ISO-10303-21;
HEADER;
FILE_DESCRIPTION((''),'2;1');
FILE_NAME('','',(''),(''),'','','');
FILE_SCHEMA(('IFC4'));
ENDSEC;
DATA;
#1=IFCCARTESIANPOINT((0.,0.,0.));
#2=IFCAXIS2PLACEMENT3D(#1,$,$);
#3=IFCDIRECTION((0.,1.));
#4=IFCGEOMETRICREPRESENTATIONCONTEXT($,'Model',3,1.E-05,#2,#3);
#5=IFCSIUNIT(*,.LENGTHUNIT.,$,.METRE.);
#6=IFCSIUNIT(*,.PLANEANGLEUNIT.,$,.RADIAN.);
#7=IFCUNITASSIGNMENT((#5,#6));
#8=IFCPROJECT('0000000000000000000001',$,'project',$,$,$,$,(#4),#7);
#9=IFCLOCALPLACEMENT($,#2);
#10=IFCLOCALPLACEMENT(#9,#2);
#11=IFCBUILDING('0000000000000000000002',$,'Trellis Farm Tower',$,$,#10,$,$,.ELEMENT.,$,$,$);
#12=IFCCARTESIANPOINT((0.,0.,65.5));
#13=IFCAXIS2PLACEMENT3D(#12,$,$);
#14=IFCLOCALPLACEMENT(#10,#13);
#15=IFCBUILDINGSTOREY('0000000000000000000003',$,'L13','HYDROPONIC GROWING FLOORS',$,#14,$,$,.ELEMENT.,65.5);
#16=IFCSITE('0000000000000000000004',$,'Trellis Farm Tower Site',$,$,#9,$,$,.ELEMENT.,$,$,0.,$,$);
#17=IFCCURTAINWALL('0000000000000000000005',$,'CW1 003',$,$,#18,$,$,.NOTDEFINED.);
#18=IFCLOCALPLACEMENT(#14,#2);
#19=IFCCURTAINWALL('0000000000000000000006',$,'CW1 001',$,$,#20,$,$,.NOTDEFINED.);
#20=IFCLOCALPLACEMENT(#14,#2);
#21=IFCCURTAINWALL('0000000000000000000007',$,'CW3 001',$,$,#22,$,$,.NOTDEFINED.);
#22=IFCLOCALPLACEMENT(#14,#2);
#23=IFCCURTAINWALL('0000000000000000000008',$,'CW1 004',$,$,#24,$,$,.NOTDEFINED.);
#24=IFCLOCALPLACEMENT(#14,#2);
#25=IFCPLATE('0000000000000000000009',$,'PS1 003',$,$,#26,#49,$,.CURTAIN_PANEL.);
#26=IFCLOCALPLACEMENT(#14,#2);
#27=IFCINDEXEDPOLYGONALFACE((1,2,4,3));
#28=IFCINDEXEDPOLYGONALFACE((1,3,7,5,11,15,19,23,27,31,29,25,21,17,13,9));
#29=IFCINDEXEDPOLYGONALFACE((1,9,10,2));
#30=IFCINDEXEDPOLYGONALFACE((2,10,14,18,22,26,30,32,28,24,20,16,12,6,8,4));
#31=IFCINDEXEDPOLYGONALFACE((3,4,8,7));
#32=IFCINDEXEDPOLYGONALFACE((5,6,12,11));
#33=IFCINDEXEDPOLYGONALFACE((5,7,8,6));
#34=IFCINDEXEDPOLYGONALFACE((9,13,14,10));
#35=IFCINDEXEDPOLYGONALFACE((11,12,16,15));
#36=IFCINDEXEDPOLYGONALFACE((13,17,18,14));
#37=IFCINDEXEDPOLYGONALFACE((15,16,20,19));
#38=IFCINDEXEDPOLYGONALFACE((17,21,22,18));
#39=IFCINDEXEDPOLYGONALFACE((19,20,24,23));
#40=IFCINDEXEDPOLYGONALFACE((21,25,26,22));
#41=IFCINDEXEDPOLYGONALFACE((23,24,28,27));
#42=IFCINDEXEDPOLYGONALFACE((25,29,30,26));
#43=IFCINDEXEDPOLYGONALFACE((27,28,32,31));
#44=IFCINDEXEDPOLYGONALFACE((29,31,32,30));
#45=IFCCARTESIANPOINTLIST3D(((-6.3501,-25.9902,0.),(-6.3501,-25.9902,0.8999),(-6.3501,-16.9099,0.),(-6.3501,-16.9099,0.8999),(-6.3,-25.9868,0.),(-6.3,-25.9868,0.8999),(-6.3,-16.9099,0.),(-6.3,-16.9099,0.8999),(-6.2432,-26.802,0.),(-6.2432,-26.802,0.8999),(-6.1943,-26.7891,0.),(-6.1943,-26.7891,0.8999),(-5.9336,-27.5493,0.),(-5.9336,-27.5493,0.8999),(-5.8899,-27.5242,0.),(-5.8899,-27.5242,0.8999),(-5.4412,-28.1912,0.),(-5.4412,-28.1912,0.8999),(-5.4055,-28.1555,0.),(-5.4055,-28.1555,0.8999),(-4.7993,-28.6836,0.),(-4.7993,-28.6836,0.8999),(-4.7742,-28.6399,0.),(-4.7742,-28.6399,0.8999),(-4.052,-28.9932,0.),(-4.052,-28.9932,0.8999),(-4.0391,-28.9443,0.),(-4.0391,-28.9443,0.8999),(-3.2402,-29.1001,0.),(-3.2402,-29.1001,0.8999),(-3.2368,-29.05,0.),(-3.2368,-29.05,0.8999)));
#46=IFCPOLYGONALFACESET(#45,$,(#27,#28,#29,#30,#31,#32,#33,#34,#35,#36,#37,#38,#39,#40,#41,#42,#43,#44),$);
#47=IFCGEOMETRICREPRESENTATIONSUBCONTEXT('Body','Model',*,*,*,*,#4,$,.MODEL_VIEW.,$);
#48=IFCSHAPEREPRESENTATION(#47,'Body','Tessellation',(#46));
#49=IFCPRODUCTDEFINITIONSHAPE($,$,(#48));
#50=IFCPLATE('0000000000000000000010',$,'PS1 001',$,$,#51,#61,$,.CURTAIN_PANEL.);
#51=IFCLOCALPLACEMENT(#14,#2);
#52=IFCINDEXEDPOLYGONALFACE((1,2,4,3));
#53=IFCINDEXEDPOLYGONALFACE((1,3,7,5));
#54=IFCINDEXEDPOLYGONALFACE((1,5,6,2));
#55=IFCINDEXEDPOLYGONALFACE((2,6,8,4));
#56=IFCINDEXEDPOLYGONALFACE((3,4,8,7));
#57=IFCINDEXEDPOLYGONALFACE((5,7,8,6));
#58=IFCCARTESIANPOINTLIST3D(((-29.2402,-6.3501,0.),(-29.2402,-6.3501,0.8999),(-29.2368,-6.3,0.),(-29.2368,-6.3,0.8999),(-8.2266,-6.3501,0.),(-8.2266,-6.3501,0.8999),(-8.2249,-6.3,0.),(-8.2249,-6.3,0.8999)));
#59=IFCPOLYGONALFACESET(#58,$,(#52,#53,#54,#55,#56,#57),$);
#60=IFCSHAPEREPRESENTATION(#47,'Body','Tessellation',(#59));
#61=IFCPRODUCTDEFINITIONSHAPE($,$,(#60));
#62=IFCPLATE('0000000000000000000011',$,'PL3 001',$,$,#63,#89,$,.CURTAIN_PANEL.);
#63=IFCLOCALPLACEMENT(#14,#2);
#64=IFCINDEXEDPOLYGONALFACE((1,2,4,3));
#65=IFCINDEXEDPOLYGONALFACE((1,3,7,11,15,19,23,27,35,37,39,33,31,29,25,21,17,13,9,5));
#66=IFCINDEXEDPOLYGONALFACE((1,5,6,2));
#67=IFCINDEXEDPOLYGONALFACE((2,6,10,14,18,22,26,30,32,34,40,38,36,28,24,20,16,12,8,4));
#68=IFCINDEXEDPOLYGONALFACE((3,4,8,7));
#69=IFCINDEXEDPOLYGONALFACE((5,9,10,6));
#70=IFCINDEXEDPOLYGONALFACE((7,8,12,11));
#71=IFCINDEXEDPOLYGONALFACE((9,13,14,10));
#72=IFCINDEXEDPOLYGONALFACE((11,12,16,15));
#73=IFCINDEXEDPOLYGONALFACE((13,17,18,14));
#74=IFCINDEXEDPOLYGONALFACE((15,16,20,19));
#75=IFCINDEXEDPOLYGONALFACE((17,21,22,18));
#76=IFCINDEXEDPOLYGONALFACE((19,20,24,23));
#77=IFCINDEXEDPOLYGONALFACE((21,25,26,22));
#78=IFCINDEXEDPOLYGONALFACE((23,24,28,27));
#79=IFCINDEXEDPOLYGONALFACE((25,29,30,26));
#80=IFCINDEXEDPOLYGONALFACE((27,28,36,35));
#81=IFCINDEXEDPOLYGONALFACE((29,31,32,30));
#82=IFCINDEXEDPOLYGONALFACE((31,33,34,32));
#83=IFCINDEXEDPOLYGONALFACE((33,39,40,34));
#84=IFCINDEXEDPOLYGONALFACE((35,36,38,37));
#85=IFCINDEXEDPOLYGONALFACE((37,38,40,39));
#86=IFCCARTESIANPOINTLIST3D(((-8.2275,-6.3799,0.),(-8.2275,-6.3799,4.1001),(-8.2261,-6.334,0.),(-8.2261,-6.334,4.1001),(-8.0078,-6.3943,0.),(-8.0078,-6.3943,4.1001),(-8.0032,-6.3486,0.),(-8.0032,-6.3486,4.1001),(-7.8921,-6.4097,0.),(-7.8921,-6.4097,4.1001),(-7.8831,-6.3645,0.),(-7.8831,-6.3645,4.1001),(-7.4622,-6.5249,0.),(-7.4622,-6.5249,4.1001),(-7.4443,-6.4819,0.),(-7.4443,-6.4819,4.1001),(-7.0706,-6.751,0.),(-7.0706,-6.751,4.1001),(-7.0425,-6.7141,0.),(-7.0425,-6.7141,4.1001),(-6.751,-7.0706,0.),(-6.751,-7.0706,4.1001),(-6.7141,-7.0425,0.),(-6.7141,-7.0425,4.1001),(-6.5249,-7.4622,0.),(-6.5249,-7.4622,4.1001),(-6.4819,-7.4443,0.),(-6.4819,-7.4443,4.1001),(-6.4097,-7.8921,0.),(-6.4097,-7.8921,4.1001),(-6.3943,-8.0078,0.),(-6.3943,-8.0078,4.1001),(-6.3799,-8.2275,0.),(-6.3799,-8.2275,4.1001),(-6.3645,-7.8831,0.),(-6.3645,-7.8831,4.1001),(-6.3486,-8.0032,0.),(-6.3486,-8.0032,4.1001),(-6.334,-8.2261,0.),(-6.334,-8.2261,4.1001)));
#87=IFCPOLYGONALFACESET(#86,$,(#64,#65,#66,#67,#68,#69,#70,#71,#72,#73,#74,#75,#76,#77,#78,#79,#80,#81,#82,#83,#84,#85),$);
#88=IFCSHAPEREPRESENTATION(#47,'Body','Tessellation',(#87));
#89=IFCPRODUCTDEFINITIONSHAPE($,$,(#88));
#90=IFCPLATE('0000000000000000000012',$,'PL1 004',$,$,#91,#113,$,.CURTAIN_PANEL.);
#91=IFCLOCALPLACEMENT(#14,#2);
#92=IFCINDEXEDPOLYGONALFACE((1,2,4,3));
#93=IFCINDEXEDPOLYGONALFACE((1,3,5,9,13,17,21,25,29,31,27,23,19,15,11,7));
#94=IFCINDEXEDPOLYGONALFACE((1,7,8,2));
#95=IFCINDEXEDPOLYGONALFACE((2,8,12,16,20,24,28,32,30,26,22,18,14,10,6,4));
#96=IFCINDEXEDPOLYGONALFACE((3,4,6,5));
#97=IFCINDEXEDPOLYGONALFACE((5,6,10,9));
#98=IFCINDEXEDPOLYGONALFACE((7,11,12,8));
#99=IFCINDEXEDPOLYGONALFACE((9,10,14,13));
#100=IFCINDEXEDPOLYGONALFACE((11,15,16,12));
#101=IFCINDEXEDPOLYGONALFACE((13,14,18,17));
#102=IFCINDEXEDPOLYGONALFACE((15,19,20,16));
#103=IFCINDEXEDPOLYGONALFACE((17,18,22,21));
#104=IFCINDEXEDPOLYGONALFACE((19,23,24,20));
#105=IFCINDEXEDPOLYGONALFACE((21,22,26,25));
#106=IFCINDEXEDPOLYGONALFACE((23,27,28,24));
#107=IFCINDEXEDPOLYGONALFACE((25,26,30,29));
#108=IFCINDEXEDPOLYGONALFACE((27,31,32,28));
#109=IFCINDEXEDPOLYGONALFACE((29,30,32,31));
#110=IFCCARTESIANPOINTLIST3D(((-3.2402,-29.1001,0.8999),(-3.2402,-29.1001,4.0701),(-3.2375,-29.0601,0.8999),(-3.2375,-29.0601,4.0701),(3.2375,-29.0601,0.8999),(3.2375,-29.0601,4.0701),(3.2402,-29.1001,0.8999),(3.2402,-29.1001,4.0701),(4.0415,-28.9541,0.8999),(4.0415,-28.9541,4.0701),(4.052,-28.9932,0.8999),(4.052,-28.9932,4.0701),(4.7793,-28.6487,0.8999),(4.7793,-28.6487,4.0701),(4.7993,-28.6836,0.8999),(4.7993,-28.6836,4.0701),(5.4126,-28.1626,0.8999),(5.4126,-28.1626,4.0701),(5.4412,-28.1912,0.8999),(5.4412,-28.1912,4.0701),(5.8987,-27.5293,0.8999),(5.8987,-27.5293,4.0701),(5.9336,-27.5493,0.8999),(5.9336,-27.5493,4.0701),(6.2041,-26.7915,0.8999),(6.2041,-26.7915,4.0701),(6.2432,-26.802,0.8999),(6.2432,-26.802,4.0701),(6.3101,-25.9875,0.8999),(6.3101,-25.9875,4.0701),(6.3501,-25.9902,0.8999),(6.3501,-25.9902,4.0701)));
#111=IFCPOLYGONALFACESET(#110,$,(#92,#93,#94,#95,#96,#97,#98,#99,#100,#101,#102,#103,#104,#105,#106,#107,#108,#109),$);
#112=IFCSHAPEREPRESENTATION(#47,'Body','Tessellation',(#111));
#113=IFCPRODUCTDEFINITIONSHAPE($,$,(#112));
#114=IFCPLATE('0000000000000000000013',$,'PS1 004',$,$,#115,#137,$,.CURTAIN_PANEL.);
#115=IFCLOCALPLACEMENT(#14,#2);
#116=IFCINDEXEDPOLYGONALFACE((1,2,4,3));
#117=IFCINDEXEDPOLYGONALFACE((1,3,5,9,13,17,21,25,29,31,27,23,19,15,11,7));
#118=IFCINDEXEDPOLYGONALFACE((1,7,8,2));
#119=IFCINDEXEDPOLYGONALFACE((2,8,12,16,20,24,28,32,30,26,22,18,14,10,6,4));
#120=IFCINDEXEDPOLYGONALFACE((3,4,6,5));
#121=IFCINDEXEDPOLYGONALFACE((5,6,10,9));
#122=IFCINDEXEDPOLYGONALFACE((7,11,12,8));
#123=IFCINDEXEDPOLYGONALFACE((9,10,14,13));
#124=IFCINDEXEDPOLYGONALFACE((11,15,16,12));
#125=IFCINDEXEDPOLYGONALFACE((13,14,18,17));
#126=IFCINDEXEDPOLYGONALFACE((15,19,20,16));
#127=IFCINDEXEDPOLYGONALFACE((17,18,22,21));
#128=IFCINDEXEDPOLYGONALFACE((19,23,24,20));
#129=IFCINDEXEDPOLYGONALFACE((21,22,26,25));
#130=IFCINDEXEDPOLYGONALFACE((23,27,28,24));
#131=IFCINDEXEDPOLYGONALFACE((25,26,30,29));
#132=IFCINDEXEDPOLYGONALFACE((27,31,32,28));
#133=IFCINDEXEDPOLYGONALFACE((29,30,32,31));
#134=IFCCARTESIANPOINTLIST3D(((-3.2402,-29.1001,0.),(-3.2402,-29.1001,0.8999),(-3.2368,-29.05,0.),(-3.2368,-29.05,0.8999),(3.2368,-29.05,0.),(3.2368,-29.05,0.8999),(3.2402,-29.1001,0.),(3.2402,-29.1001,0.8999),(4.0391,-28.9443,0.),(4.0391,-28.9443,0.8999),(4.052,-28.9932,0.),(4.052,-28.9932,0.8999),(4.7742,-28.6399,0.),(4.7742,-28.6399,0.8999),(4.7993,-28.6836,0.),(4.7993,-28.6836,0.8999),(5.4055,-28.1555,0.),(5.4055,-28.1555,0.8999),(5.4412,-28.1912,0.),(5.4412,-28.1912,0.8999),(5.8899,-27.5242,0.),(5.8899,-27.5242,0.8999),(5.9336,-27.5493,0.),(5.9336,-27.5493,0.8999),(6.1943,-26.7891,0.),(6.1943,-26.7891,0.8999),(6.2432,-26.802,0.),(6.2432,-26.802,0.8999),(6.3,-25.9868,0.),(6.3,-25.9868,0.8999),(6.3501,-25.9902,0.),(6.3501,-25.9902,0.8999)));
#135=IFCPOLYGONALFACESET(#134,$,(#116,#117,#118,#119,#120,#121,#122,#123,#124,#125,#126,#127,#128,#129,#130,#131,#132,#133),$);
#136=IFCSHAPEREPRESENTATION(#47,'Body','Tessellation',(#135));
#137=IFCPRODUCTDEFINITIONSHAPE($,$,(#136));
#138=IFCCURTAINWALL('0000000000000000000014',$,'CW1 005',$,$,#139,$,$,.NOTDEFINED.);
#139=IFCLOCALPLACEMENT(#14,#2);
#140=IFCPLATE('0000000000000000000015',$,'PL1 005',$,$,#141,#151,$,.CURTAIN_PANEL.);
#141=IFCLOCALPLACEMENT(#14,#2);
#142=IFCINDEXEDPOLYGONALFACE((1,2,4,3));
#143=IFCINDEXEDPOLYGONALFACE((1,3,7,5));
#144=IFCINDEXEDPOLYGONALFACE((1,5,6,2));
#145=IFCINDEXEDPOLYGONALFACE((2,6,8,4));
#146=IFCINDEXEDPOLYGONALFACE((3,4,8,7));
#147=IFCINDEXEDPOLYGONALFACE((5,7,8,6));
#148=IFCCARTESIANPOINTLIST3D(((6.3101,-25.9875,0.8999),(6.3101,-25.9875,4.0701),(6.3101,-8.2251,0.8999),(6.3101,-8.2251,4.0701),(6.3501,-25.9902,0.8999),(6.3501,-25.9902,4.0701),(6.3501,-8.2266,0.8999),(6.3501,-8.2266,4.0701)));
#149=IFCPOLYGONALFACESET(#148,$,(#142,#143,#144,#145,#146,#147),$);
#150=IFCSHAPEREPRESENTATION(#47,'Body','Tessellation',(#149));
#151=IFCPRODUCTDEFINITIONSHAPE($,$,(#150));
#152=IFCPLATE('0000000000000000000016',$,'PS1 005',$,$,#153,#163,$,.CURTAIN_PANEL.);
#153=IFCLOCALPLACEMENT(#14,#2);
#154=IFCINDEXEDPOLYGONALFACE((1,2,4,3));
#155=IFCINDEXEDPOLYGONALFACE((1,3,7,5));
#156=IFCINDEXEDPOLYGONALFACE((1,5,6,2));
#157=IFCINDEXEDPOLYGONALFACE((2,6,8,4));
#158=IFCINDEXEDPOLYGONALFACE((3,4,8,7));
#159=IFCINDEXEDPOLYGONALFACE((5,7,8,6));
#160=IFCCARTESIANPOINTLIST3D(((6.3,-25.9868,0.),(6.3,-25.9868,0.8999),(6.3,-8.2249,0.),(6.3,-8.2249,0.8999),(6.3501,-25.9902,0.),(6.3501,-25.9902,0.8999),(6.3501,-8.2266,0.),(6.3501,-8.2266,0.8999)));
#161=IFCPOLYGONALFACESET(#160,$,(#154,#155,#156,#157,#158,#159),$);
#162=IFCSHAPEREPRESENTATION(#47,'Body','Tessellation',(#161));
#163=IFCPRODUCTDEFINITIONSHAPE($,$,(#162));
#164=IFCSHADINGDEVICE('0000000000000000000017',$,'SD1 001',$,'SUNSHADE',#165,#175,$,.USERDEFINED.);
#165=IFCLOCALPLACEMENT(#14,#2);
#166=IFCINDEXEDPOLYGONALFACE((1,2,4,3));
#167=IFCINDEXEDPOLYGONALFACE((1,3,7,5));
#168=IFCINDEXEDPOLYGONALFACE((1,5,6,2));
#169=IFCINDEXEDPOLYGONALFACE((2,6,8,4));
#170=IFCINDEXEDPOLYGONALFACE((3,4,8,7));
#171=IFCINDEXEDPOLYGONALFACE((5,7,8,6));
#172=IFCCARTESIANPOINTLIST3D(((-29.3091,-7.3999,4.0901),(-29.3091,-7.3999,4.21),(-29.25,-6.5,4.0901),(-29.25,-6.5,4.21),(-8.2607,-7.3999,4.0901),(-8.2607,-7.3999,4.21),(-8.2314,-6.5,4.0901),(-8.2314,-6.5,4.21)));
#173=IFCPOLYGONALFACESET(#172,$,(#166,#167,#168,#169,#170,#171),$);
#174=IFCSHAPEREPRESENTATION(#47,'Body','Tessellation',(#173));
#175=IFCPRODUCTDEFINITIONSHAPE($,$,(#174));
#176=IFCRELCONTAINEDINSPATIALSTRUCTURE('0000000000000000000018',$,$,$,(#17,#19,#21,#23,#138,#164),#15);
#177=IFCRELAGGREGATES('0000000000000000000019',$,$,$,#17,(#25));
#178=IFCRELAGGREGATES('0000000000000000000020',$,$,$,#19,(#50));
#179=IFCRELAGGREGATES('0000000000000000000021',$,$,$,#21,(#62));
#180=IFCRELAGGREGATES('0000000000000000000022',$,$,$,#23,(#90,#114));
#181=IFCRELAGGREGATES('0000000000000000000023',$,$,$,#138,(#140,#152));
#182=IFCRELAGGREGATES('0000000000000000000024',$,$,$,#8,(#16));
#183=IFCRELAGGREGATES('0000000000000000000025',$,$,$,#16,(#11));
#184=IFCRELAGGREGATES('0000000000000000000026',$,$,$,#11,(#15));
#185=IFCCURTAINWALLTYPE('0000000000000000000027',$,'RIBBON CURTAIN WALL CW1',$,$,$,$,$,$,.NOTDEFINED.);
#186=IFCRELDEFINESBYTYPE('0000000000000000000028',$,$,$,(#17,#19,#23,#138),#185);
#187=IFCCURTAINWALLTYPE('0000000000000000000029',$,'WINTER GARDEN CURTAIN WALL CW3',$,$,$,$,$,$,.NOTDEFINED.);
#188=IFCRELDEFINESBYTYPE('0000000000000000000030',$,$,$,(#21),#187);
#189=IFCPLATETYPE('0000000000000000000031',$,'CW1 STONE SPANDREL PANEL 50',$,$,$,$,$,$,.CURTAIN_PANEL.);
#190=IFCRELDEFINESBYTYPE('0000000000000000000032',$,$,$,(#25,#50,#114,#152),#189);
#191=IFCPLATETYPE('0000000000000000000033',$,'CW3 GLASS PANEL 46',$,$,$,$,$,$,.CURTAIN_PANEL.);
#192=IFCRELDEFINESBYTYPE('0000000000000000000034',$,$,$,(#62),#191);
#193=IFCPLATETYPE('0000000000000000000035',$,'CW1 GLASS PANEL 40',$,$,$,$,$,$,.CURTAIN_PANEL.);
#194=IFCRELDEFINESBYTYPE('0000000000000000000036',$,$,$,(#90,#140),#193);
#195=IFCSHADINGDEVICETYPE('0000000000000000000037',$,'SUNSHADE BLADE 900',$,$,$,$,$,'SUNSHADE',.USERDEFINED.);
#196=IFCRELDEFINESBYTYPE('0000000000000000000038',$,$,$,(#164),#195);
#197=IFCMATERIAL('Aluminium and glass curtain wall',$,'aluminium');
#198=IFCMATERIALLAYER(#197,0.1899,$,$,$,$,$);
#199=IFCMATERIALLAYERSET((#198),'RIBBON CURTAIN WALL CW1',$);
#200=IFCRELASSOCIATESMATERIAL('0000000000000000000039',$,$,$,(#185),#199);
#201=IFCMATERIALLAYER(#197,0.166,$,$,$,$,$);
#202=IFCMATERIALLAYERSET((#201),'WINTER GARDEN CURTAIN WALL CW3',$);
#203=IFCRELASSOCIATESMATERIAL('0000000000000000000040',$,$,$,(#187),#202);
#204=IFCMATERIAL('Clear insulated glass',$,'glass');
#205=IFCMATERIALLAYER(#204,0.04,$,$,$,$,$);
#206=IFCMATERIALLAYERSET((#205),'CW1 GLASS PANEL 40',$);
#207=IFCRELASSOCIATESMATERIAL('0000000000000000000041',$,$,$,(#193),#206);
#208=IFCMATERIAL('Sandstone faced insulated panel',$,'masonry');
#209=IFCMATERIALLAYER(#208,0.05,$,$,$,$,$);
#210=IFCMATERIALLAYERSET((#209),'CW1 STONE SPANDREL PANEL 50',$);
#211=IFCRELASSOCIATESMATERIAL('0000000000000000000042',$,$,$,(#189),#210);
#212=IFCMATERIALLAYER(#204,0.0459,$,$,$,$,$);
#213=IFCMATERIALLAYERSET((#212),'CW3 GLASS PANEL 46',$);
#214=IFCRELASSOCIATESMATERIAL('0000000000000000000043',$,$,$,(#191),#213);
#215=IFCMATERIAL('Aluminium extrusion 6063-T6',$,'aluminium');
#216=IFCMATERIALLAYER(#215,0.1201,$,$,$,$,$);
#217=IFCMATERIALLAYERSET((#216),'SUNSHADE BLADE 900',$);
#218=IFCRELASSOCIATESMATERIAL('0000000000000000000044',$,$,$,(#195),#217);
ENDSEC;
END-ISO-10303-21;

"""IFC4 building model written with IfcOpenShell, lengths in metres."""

from ifc_helpers import new_model, si_unit, direction, frame, origin, place, context, subcontext, project, spatial, polyline, outline, extrude, source, transform, mapped, material, layer, layer_set, type_object, element, aggregate, save


model = new_model("IFC4")

# Units and contexts
model_context = context("Model", 3, precision=1e-05, world=origin(), true_north=direction((0.0, 1.0)))
body_context = subcontext(model_context, "Body", "Model", "MODEL_VIEW")
ifc_project = project(units=[si_unit("LENGTHUNIT", "METRE"), si_unit("PLANEANGLEUNIT", "RADIAN")], contexts=[model_context])

# Site, building, storey
site_placement = place(None, origin())
site = spatial("IfcSite", under=ifc_project, at=site_placement, Name="Trellis Farm Tower Site", CompositionType="ELEMENT", RefElevation=0.0)
building_placement = place(site_placement, origin())
building = spatial("IfcBuilding", under=site, at=building_placement, Name="Trellis Farm Tower", CompositionType="ELEMENT")
storey_placement = place(building_placement, frame((0.0, 0.0, 65.5)))
storey = spatial("IfcBuildingStorey", under=building, at=storey_placement, Name="L13", Description="HYDROPONIC GROWING FLOORS", CompositionType="ELEMENT", Elevation=65.5)

# Curtain walls
ifc_material_1 = material(Name="Aluminium and glass curtain wall", Category="aluminium")
ifc_layer_1 = layer(ifc_material_1, 0.1899)
ifc_layer_set_1 = layer_set([ifc_layer_1], Name="RIBBON CURTAIN WALL CW1")
curtain_wall_type_1 = type_object("IfcCurtainWallType", Name="RIBBON CURTAIN WALL CW1", PredefinedType="NOTDEFINED", material=ifc_layer_set_1)
placement_1 = place(storey_placement, origin())
ifc_material_2 = material(Name="Aluminium extrusion 6063-T6", Category="aluminium")
curtain_wall_1 = element("IfcCurtainWall", 1, at=placement_1, inside=storey, type_object=curtain_wall_type_1, Name="CW1 003", PredefinedType="NOTDEFINED")
curtain_wall_2 = element("IfcCurtainWall", 2, at=placement_1, inside=storey, type_object=curtain_wall_type_1, Name="CW1 001", PredefinedType="NOTDEFINED")
ifc_layer_2 = layer(ifc_material_1, 0.166)
ifc_layer_set_2 = layer_set([ifc_layer_2], Name="WINTER GARDEN CURTAIN WALL CW3")
curtain_wall_type_2 = type_object("IfcCurtainWallType", Name="WINTER GARDEN CURTAIN WALL CW3", PredefinedType="NOTDEFINED", material=ifc_layer_set_2)
curtain_wall_3 = element("IfcCurtainWall", 3, at=placement_1, inside=storey, type_object=curtain_wall_type_2, Name="CW3 001", PredefinedType="NOTDEFINED")
curtain_wall_4 = element("IfcCurtainWall", 4, at=placement_1, inside=storey, type_object=curtain_wall_type_1, Name="CW1 004", PredefinedType="NOTDEFINED")

# Plates
ifc_material_3 = material(Name="Clear insulated glass", Category="glass")
ifc_layer_3 = layer(ifc_material_3, 0.04)
ifc_layer_set_3 = layer_set([ifc_layer_3], Name="CW1 GLASS PANEL 40")
plate_type_1 = type_object("IfcPlateType", Name="CW1 GLASS PANEL 40", PredefinedType="CURTAIN_PANEL", material=ifc_layer_set_3)
placement_2 = place(storey_placement, frame((0.0, 0.0, 0.8999)))
ifc_material_4 = material(Name="Sandstone faced insulated panel", Category="masonry")
ifc_layer_4 = layer(ifc_material_4, 0.05)
ifc_layer_set_4 = layer_set([ifc_layer_4], Name="CW1 STONE SPANDREL PANEL 50")
plate_type_2 = type_object("IfcPlateType", Name="CW1 STONE SPANDREL PANEL 50", PredefinedType="CURTAIN_PANEL", material=ifc_layer_set_4)
plate_1 = element("IfcPlate", 5, at=placement_1, type_object=plate_type_2, Name="PS1 003", PredefinedType="CURTAIN_PANEL", context=body_context, shape_type="SweptSolid", body=[
    extrude(outline(polyline([(-6.3501, -16.9099), (-6.3501, -25.9902), (-6.2432, -26.802), (-5.9336, -27.5493), (-5.4412, -28.1912), (-4.7993, -28.6836), (-4.052, -28.9932), (-3.2402, -29.1001), (-3.2368, -29.05), (-4.0391, -28.9443), (-4.7742, -28.6399), (-5.4055, -28.1555), (-5.8899, -27.5242), (-6.1943, -26.7891), (-6.3, -25.9868), (-6.3, -16.9099), (-6.3501, -16.9099)])), origin(), (0.0, 0.0, 1.0), 0.8999),
])
aggregate(curtain_wall_1, [plate_1])
shared_shape_1 = source(origin(), body_context, "Body", "SweptSolid", [
    extrude(outline(polyline([(-29.2402, -6.3501), (-8.2266, -6.3501), (-8.2249, -6.3), (-29.2368, -6.3), (-29.2402, -6.3501)])), origin(), (0.0, 0.0, 1.0), 0.8999),
])
plate_2 = element("IfcPlate", 6, at=placement_1, type_object=plate_type_2, Name="PS1 001", PredefinedType="CURTAIN_PANEL", context=body_context, shape_type="MappedRepresentation", body=[
    mapped(shared_shape_1, transform((0.0, 0.0, 0.0))),
])
aggregate(curtain_wall_2, [plate_2])
ifc_layer_5 = layer(ifc_material_3, 0.0459)
ifc_layer_set_5 = layer_set([ifc_layer_5], Name="CW3 GLASS PANEL 46")
plate_type_3 = type_object("IfcPlateType", Name="CW3 GLASS PANEL 46", PredefinedType="CURTAIN_PANEL", material=ifc_layer_set_5)
shared_shape_2 = source(origin(), body_context, "Body", "SweptSolid", [
    extrude(outline(polyline([(-8.2275, -6.3799), (-8.0078, -6.3943), (-7.8921, -6.4097), (-7.4622, -6.5249), (-7.0706, -6.751), (-6.751, -7.0706), (-6.5249, -7.4622), (-6.4097, -7.8921), (-6.3943, -8.0078), (-6.3799, -8.2275), (-6.334, -8.2261), (-6.3486, -8.0032), (-6.3645, -7.8831), (-6.4819, -7.4443), (-6.7141, -7.0425), (-7.0425, -6.7141), (-7.4443, -6.4819), (-7.8831, -6.3645), (-8.0032, -6.3486), (-8.2261, -6.334), (-8.2275, -6.3799)])), origin(), (0.0, 0.0, 1.0), 4.1001),
])
plate_3 = element("IfcPlate", 7, at=placement_1, type_object=plate_type_3, Name="PL3 001", PredefinedType="CURTAIN_PANEL", context=body_context, shape_type="MappedRepresentation", body=[
    mapped(shared_shape_2, transform((0.0, 0.0, 0.0))),
])
aggregate(curtain_wall_3, [plate_3])
shared_shape_3 = source(origin(), body_context, "Body", "SweptSolid", [
    extrude(outline(polyline([(-3.2402, -29.1001), (3.2402, -29.1001), (4.052, -28.9932), (4.7993, -28.6836), (5.4412, -28.1912), (5.9336, -27.5493), (6.2432, -26.802), (6.3501, -25.9902), (6.3101, -25.9875), (6.2041, -26.7915), (5.8987, -27.5293), (5.4126, -28.1626), (4.7793, -28.6487), (4.0415, -28.9541), (3.2375, -29.0601), (-3.2375, -29.0601), (-3.2402, -29.1001)])), origin(), (0.0, 0.0, 1.0), 3.1702),
])
plate_4 = element("IfcPlate", 8, at=placement_2, type_object=plate_type_1, Name="PL1 004", PredefinedType="CURTAIN_PANEL", context=body_context, shape_type="MappedRepresentation", body=[
    mapped(shared_shape_3, transform((0.0, 0.0, 0.0))),
])
shared_shape_4 = source(origin(), body_context, "Body", "SweptSolid", [
    extrude(outline(polyline([(-3.2402, -29.1001), (3.2402, -29.1001), (4.052, -28.9932), (4.7993, -28.6836), (5.4412, -28.1912), (5.9336, -27.5493), (6.2432, -26.802), (6.3501, -25.9902), (6.3, -25.9868), (6.1943, -26.7891), (5.8899, -27.5242), (5.4055, -28.1555), (4.7742, -28.6399), (4.0391, -28.9443), (3.2368, -29.05), (-3.2368, -29.05), (-3.2402, -29.1001)])), origin(), (0.0, 0.0, 1.0), 0.8999),
])
plate_5 = element("IfcPlate", 9, at=placement_1, type_object=plate_type_2, Name="PS1 004", PredefinedType="CURTAIN_PANEL", context=body_context, shape_type="MappedRepresentation", body=[
    mapped(shared_shape_4, transform((0.0, 0.0, 0.0))),
])
aggregate(curtain_wall_4, [plate_4, plate_5])

# Curtain wall, plates
curtain_wall_5 = element("IfcCurtainWall", 10, at=placement_1, inside=storey, type_object=curtain_wall_type_1, Name="CW1 005", PredefinedType="NOTDEFINED")
shared_shape_5 = source(origin(), body_context, "Body", "SweptSolid", [
    extrude(outline(polyline([(6.3501, -25.9902), (6.3501, -8.2266), (6.3101, -8.2251), (6.3101, -25.9875), (6.3501, -25.9902)])), origin(), (0.0, 0.0, 1.0), 3.1702),
])
plate_6 = element("IfcPlate", 11, at=placement_2, type_object=plate_type_1, Name="PL1 005", PredefinedType="CURTAIN_PANEL", context=body_context, shape_type="MappedRepresentation", body=[
    mapped(shared_shape_5, transform((0.0, 0.0, 0.0))),
])
shared_shape_6 = source(origin(), body_context, "Body", "SweptSolid", [
    extrude(outline(polyline([(6.3501, -25.9902), (6.3501, -8.2266), (6.3, -8.2249), (6.3, -25.9868), (6.3501, -25.9902)])), origin(), (0.0, 0.0, 1.0), 0.8999),
])
plate_7 = element("IfcPlate", 12, at=placement_1, type_object=plate_type_2, Name="PS1 005", PredefinedType="CURTAIN_PANEL", context=body_context, shape_type="MappedRepresentation", body=[
    mapped(shared_shape_6, transform((0.0, 0.0, 0.0))),
])
aggregate(curtain_wall_5, [plate_6, plate_7])

# Shading device
ifc_layer_6 = layer(ifc_material_2, 0.1201)
ifc_layer_set_6 = layer_set([ifc_layer_6], Name="SUNSHADE BLADE 900")
shading_device_type_1 = type_object("IfcShadingDeviceType", Name="SUNSHADE BLADE 900", ElementType="SUNSHADE", PredefinedType="USERDEFINED", material=ifc_layer_set_6)
shared_shape_7 = source(origin(), body_context, "Body", "SweptSolid", [
    extrude(outline(polyline([(-29.3091, -7.3999), (-8.2607, -7.3999), (-8.2314, -6.5), (-29.25, -6.5), (-29.3091, -7.3999)])), origin(), (0.0, 0.0, 1.0), 0.1199),
])
placement_3 = place(storey_placement, frame((0.0, 0.0, 4.0901)))
element("IfcShadingDevice", 13, at=placement_3, inside=storey, type_object=shading_device_type_1, Name="SD1 001", ObjectType="SUNSHADE", PredefinedType="USERDEFINED", context=body_context, shape_type="MappedRepresentation", body=[
    mapped(shared_shape_7, transform((0.0, 0.0, 0.0))),
])

save(model, "model.ifc")
